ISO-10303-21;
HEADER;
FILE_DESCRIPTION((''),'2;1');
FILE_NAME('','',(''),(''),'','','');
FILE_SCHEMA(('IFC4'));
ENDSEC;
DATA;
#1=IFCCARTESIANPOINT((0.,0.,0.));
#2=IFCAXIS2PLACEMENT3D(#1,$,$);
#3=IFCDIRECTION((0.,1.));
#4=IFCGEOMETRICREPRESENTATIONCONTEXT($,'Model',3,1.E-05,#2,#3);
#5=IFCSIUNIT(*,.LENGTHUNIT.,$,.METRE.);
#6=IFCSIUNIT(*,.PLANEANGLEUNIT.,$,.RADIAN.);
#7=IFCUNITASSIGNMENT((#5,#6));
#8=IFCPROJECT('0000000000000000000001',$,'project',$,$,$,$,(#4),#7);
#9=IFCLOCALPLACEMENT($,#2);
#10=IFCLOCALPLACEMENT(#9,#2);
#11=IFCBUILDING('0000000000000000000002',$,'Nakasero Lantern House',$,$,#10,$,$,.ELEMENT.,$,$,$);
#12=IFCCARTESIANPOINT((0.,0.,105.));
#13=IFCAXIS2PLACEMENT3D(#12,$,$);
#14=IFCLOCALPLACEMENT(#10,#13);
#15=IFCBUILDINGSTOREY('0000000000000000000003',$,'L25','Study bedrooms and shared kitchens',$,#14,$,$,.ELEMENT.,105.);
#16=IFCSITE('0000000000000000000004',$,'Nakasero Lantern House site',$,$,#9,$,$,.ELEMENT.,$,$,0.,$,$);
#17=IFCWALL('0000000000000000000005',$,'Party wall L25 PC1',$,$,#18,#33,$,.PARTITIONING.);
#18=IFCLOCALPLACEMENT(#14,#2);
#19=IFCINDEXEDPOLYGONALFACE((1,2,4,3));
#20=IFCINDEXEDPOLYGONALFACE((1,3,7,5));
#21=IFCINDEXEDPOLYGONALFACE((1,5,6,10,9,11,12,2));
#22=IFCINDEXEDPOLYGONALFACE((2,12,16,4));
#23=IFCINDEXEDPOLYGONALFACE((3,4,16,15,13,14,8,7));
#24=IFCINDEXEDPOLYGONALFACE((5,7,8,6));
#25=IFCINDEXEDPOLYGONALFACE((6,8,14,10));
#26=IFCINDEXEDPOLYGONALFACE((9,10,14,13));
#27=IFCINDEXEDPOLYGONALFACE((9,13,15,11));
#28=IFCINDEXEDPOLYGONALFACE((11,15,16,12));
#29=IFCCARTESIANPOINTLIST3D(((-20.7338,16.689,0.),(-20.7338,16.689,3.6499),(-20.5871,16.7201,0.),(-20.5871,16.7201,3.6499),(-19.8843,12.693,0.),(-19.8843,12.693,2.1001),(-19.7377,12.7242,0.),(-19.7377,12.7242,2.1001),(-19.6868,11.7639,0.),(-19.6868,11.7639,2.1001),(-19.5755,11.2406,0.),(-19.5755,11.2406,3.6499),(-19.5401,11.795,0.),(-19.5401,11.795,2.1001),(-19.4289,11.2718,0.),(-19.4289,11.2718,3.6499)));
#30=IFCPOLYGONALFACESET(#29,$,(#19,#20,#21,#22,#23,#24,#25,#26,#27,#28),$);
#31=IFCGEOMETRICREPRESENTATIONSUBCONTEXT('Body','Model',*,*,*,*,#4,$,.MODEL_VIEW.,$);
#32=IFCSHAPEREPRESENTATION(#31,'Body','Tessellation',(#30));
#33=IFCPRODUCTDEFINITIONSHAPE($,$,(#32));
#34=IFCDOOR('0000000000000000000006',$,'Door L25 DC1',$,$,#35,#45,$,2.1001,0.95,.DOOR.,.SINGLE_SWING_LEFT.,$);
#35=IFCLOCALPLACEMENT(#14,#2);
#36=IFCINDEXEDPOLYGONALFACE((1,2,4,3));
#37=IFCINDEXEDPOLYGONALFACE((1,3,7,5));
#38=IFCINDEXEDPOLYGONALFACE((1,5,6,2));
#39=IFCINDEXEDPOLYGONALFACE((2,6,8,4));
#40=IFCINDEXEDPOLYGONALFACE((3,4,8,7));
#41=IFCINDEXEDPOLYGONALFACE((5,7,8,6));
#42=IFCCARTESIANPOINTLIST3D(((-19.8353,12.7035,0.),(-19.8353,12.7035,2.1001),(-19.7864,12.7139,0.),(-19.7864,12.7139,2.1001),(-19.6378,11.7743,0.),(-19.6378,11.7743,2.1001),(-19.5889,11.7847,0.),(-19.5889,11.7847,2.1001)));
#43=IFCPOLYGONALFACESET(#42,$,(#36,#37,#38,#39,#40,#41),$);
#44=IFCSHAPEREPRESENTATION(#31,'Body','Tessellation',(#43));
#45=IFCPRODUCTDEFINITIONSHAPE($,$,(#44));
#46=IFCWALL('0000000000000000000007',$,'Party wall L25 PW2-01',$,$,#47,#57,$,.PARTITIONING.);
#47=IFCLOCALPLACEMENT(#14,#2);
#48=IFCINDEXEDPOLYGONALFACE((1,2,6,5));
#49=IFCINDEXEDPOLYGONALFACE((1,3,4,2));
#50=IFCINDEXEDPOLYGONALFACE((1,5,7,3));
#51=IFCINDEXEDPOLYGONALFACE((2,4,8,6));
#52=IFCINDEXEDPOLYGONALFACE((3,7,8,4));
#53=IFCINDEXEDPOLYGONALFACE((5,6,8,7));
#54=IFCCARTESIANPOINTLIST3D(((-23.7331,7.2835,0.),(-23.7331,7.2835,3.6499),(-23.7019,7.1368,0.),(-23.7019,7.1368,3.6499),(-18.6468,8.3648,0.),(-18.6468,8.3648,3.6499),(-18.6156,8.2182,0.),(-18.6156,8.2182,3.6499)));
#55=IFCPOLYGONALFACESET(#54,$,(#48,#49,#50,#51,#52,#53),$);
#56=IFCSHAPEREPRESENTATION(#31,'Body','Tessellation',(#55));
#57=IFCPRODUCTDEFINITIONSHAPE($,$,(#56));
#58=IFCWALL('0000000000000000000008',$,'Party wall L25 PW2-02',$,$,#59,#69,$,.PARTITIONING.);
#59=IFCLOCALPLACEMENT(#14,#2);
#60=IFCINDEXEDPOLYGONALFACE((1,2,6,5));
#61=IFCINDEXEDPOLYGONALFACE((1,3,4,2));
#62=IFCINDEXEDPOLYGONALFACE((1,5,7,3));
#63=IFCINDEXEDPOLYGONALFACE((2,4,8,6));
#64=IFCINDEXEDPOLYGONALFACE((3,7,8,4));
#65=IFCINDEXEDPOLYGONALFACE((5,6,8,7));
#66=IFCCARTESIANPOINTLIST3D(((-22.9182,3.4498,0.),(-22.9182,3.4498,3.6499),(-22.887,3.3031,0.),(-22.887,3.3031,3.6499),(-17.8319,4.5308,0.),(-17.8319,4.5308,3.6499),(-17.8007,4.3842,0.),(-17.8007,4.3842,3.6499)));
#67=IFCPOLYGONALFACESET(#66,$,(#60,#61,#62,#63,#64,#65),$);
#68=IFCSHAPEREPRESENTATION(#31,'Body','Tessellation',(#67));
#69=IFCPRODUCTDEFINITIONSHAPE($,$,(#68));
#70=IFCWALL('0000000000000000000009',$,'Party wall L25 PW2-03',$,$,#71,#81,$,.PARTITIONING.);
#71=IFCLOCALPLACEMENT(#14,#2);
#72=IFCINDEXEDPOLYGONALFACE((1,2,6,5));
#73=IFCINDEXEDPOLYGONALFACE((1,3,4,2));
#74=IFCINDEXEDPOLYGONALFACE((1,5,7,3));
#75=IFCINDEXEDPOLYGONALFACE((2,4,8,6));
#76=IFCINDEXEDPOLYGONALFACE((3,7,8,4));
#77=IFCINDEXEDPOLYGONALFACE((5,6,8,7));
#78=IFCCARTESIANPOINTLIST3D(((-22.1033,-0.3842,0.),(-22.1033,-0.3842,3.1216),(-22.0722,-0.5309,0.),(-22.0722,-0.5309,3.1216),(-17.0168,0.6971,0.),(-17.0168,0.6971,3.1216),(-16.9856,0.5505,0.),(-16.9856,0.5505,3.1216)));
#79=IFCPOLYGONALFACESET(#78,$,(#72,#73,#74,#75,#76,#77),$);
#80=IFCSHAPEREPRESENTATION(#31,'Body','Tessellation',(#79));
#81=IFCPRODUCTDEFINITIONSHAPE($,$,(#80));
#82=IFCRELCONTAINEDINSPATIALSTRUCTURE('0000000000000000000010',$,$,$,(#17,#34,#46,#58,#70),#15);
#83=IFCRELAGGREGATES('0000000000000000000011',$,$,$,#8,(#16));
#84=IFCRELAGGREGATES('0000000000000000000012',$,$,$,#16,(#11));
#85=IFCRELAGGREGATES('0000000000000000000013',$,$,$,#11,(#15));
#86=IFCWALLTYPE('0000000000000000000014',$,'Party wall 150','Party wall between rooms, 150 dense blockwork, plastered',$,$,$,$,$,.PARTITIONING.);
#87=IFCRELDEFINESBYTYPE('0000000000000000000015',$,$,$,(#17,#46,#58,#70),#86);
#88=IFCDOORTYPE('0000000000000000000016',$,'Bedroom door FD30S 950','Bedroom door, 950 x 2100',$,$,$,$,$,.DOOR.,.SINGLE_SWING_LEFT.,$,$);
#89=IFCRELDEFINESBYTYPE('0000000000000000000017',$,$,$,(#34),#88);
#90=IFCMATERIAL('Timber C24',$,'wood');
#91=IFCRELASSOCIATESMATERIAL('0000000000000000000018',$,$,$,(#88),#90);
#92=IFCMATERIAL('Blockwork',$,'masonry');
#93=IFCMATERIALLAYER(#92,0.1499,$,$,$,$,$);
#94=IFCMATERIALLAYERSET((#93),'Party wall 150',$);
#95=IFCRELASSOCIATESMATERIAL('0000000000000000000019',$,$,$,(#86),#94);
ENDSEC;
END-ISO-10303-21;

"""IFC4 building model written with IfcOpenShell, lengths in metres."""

from ifc_helpers import new_model, si_unit, direction, frame, frame_2d, origin, place, context, subcontext, project, spatial, rectangle, extrude, material, layer, layer_set, type_object, element, fill, save


model = new_model("IFC4")

# Units and contexts
model_context = context("Model", 3, precision=1e-05, world=origin(), true_north=direction((0.0, 1.0)))
body_context = subcontext(model_context, "Body", "Model", "MODEL_VIEW")
ifc_project = project(units=[si_unit("LENGTHUNIT", "METRE"), si_unit("PLANEANGLEUNIT", "RADIAN")], contexts=[model_context])

# Site, building, storey
site_placement = place(None, origin())
site = spatial("IfcSite", under=ifc_project, at=site_placement, Name="Nakasero Lantern House site", CompositionType="ELEMENT", RefElevation=0.0)
building_placement = place(site_placement, origin())
building = spatial("IfcBuilding", under=site, at=building_placement, Name="Nakasero Lantern House", CompositionType="ELEMENT")
storey_placement = place(building_placement, frame((0.0, 0.0, 105.0)))
storey = spatial("IfcBuildingStorey", under=building, at=storey_placement, Name="L25", Description="Study bedrooms and shared kitchens", CompositionType="ELEMENT", Elevation=105.0)

# Shared definitions
ifc_material_1 = material(Name="Timber C24", Category="wood")
door_type_1 = type_object("IfcDoorType", Name="Bedroom door FD30S 950", Description="Bedroom door, 950 x 2100", OperationType="SINGLE_SWING_LEFT", PredefinedType="DOOR", material=ifc_material_1)

# Wall, opening, door
ifc_material_2 = material(Name="Blockwork", Category="masonry")
ifc_layer_1 = layer(ifc_material_2, 0.1499)
ifc_layer_set_1 = layer_set([ifc_layer_1], Name="Party wall 150")
wall_type_1 = type_object("IfcWallType", Name="Party wall 150", Description="Party wall between rooms, 150 dense blockwork, plastered", PredefinedType="PARTITIONING", material=ifc_layer_set_1)
wall_1_placement = place(storey_placement, frame((-19.5022, 11.2561, 0.0), z_axis=(0.0, 0.0, 1.0), x_axis=(-0.207936, 0.978142, 0.0)))
wall_1 = element("IfcWall", 1, at=wall_1_placement, inside=storey, type_object=wall_type_1, Name="Party wall L25 PC1", PredefinedType="PARTITIONING", context=body_context, shape_type="SweptSolid", body=[
    extrude(rectangle(XDim=5.5701, YDim=0.1499, at=frame_2d((2.7852, 0.0))), origin(), (0.0, 0.0, 1.0), 3.6499),
])
opening_1_placement = place(wall_1_placement, frame((0.5349, 0.0, 0.0)))
opening_1 = element("IfcOpeningElement", 2, at=opening_1_placement, cuts=wall_1, PredefinedType="OPENING", context=body_context, shape_type="SweptSolid", body=[
    extrude(rectangle(XDim=0.95, YDim=2.1001, at=frame_2d((0.4751, 1.05))), frame((0.0, 0.095, 0.0), z_axis=(0.0, -1.0, 0.0), x_axis=(1.0, 0.0, 0.0)), (0.0, 0.0, 1.0), 0.1899),
])
door_1_placement = place(opening_1_placement, origin())
door_1 = element("IfcDoor", 3, at=door_1_placement, inside=storey, type_object=door_type_1, Name="Door L25 DC1", OperationType="SINGLE_SWING_LEFT", OverallHeight=2.1001, OverallWidth=0.95, PredefinedType="DOOR", context=body_context, shape_type="SweptSolid", body=[
    extrude(rectangle(XDim=0.95, YDim=2.1001, at=frame_2d((0.4751, 1.05))), frame((0.0, 0.0249, 0.0), z_axis=(0.0, -1.0, 0.0), x_axis=(1.0, 0.0, 0.0)), (0.0, 0.0, 1.0), 0.05),
])
fill(opening_1, door_1)

# Walls
for number, where, z_axis, x_axis, name in (
    (4, (-18.6311, 8.2915, 0.0), (0.0, 0.0, 1.0), (-0.97814, -0.207948, 0.0), "Party wall L25 PW2-01"),
    (5, (-17.8162, 4.4575, 0.0), (0.0, 0.0, 1.0), (-0.978151, -0.207894, 0.0), "Party wall L25 PW2-02"),
):
    element("IfcWall", number, at=place(storey_placement, frame(where, z_axis=z_axis, x_axis=x_axis)), inside=storey, type_object=wall_type_1, Name=name, PredefinedType="PARTITIONING", context=body_context, shape_type="SweptSolid", body=[
        extrude(rectangle(XDim=5.2, YDim=0.1499, at=frame_2d((2.6001, 0.0))), origin(), (0.0, 0.0, 1.0), 3.6499),
    ])
wall_2_placement = place(storey_placement, frame((-17.0012, 0.6238, 0.0), z_axis=(0.0, 0.0, 1.0), x_axis=(-0.978142, -0.207938, 0.0)))
element("IfcWall", 6, at=wall_2_placement, inside=storey, type_object=wall_type_1, Name="Party wall L25 PW2-03", PredefinedType="PARTITIONING", context=body_context, shape_type="SweptSolid", body=[
    extrude(rectangle(XDim=5.2002, YDim=0.1499, at=frame_2d((2.6001, 0.0))), origin(), (0.0, 0.0, 1.0), 3.1216),
])

save(model, "model.ifc")
